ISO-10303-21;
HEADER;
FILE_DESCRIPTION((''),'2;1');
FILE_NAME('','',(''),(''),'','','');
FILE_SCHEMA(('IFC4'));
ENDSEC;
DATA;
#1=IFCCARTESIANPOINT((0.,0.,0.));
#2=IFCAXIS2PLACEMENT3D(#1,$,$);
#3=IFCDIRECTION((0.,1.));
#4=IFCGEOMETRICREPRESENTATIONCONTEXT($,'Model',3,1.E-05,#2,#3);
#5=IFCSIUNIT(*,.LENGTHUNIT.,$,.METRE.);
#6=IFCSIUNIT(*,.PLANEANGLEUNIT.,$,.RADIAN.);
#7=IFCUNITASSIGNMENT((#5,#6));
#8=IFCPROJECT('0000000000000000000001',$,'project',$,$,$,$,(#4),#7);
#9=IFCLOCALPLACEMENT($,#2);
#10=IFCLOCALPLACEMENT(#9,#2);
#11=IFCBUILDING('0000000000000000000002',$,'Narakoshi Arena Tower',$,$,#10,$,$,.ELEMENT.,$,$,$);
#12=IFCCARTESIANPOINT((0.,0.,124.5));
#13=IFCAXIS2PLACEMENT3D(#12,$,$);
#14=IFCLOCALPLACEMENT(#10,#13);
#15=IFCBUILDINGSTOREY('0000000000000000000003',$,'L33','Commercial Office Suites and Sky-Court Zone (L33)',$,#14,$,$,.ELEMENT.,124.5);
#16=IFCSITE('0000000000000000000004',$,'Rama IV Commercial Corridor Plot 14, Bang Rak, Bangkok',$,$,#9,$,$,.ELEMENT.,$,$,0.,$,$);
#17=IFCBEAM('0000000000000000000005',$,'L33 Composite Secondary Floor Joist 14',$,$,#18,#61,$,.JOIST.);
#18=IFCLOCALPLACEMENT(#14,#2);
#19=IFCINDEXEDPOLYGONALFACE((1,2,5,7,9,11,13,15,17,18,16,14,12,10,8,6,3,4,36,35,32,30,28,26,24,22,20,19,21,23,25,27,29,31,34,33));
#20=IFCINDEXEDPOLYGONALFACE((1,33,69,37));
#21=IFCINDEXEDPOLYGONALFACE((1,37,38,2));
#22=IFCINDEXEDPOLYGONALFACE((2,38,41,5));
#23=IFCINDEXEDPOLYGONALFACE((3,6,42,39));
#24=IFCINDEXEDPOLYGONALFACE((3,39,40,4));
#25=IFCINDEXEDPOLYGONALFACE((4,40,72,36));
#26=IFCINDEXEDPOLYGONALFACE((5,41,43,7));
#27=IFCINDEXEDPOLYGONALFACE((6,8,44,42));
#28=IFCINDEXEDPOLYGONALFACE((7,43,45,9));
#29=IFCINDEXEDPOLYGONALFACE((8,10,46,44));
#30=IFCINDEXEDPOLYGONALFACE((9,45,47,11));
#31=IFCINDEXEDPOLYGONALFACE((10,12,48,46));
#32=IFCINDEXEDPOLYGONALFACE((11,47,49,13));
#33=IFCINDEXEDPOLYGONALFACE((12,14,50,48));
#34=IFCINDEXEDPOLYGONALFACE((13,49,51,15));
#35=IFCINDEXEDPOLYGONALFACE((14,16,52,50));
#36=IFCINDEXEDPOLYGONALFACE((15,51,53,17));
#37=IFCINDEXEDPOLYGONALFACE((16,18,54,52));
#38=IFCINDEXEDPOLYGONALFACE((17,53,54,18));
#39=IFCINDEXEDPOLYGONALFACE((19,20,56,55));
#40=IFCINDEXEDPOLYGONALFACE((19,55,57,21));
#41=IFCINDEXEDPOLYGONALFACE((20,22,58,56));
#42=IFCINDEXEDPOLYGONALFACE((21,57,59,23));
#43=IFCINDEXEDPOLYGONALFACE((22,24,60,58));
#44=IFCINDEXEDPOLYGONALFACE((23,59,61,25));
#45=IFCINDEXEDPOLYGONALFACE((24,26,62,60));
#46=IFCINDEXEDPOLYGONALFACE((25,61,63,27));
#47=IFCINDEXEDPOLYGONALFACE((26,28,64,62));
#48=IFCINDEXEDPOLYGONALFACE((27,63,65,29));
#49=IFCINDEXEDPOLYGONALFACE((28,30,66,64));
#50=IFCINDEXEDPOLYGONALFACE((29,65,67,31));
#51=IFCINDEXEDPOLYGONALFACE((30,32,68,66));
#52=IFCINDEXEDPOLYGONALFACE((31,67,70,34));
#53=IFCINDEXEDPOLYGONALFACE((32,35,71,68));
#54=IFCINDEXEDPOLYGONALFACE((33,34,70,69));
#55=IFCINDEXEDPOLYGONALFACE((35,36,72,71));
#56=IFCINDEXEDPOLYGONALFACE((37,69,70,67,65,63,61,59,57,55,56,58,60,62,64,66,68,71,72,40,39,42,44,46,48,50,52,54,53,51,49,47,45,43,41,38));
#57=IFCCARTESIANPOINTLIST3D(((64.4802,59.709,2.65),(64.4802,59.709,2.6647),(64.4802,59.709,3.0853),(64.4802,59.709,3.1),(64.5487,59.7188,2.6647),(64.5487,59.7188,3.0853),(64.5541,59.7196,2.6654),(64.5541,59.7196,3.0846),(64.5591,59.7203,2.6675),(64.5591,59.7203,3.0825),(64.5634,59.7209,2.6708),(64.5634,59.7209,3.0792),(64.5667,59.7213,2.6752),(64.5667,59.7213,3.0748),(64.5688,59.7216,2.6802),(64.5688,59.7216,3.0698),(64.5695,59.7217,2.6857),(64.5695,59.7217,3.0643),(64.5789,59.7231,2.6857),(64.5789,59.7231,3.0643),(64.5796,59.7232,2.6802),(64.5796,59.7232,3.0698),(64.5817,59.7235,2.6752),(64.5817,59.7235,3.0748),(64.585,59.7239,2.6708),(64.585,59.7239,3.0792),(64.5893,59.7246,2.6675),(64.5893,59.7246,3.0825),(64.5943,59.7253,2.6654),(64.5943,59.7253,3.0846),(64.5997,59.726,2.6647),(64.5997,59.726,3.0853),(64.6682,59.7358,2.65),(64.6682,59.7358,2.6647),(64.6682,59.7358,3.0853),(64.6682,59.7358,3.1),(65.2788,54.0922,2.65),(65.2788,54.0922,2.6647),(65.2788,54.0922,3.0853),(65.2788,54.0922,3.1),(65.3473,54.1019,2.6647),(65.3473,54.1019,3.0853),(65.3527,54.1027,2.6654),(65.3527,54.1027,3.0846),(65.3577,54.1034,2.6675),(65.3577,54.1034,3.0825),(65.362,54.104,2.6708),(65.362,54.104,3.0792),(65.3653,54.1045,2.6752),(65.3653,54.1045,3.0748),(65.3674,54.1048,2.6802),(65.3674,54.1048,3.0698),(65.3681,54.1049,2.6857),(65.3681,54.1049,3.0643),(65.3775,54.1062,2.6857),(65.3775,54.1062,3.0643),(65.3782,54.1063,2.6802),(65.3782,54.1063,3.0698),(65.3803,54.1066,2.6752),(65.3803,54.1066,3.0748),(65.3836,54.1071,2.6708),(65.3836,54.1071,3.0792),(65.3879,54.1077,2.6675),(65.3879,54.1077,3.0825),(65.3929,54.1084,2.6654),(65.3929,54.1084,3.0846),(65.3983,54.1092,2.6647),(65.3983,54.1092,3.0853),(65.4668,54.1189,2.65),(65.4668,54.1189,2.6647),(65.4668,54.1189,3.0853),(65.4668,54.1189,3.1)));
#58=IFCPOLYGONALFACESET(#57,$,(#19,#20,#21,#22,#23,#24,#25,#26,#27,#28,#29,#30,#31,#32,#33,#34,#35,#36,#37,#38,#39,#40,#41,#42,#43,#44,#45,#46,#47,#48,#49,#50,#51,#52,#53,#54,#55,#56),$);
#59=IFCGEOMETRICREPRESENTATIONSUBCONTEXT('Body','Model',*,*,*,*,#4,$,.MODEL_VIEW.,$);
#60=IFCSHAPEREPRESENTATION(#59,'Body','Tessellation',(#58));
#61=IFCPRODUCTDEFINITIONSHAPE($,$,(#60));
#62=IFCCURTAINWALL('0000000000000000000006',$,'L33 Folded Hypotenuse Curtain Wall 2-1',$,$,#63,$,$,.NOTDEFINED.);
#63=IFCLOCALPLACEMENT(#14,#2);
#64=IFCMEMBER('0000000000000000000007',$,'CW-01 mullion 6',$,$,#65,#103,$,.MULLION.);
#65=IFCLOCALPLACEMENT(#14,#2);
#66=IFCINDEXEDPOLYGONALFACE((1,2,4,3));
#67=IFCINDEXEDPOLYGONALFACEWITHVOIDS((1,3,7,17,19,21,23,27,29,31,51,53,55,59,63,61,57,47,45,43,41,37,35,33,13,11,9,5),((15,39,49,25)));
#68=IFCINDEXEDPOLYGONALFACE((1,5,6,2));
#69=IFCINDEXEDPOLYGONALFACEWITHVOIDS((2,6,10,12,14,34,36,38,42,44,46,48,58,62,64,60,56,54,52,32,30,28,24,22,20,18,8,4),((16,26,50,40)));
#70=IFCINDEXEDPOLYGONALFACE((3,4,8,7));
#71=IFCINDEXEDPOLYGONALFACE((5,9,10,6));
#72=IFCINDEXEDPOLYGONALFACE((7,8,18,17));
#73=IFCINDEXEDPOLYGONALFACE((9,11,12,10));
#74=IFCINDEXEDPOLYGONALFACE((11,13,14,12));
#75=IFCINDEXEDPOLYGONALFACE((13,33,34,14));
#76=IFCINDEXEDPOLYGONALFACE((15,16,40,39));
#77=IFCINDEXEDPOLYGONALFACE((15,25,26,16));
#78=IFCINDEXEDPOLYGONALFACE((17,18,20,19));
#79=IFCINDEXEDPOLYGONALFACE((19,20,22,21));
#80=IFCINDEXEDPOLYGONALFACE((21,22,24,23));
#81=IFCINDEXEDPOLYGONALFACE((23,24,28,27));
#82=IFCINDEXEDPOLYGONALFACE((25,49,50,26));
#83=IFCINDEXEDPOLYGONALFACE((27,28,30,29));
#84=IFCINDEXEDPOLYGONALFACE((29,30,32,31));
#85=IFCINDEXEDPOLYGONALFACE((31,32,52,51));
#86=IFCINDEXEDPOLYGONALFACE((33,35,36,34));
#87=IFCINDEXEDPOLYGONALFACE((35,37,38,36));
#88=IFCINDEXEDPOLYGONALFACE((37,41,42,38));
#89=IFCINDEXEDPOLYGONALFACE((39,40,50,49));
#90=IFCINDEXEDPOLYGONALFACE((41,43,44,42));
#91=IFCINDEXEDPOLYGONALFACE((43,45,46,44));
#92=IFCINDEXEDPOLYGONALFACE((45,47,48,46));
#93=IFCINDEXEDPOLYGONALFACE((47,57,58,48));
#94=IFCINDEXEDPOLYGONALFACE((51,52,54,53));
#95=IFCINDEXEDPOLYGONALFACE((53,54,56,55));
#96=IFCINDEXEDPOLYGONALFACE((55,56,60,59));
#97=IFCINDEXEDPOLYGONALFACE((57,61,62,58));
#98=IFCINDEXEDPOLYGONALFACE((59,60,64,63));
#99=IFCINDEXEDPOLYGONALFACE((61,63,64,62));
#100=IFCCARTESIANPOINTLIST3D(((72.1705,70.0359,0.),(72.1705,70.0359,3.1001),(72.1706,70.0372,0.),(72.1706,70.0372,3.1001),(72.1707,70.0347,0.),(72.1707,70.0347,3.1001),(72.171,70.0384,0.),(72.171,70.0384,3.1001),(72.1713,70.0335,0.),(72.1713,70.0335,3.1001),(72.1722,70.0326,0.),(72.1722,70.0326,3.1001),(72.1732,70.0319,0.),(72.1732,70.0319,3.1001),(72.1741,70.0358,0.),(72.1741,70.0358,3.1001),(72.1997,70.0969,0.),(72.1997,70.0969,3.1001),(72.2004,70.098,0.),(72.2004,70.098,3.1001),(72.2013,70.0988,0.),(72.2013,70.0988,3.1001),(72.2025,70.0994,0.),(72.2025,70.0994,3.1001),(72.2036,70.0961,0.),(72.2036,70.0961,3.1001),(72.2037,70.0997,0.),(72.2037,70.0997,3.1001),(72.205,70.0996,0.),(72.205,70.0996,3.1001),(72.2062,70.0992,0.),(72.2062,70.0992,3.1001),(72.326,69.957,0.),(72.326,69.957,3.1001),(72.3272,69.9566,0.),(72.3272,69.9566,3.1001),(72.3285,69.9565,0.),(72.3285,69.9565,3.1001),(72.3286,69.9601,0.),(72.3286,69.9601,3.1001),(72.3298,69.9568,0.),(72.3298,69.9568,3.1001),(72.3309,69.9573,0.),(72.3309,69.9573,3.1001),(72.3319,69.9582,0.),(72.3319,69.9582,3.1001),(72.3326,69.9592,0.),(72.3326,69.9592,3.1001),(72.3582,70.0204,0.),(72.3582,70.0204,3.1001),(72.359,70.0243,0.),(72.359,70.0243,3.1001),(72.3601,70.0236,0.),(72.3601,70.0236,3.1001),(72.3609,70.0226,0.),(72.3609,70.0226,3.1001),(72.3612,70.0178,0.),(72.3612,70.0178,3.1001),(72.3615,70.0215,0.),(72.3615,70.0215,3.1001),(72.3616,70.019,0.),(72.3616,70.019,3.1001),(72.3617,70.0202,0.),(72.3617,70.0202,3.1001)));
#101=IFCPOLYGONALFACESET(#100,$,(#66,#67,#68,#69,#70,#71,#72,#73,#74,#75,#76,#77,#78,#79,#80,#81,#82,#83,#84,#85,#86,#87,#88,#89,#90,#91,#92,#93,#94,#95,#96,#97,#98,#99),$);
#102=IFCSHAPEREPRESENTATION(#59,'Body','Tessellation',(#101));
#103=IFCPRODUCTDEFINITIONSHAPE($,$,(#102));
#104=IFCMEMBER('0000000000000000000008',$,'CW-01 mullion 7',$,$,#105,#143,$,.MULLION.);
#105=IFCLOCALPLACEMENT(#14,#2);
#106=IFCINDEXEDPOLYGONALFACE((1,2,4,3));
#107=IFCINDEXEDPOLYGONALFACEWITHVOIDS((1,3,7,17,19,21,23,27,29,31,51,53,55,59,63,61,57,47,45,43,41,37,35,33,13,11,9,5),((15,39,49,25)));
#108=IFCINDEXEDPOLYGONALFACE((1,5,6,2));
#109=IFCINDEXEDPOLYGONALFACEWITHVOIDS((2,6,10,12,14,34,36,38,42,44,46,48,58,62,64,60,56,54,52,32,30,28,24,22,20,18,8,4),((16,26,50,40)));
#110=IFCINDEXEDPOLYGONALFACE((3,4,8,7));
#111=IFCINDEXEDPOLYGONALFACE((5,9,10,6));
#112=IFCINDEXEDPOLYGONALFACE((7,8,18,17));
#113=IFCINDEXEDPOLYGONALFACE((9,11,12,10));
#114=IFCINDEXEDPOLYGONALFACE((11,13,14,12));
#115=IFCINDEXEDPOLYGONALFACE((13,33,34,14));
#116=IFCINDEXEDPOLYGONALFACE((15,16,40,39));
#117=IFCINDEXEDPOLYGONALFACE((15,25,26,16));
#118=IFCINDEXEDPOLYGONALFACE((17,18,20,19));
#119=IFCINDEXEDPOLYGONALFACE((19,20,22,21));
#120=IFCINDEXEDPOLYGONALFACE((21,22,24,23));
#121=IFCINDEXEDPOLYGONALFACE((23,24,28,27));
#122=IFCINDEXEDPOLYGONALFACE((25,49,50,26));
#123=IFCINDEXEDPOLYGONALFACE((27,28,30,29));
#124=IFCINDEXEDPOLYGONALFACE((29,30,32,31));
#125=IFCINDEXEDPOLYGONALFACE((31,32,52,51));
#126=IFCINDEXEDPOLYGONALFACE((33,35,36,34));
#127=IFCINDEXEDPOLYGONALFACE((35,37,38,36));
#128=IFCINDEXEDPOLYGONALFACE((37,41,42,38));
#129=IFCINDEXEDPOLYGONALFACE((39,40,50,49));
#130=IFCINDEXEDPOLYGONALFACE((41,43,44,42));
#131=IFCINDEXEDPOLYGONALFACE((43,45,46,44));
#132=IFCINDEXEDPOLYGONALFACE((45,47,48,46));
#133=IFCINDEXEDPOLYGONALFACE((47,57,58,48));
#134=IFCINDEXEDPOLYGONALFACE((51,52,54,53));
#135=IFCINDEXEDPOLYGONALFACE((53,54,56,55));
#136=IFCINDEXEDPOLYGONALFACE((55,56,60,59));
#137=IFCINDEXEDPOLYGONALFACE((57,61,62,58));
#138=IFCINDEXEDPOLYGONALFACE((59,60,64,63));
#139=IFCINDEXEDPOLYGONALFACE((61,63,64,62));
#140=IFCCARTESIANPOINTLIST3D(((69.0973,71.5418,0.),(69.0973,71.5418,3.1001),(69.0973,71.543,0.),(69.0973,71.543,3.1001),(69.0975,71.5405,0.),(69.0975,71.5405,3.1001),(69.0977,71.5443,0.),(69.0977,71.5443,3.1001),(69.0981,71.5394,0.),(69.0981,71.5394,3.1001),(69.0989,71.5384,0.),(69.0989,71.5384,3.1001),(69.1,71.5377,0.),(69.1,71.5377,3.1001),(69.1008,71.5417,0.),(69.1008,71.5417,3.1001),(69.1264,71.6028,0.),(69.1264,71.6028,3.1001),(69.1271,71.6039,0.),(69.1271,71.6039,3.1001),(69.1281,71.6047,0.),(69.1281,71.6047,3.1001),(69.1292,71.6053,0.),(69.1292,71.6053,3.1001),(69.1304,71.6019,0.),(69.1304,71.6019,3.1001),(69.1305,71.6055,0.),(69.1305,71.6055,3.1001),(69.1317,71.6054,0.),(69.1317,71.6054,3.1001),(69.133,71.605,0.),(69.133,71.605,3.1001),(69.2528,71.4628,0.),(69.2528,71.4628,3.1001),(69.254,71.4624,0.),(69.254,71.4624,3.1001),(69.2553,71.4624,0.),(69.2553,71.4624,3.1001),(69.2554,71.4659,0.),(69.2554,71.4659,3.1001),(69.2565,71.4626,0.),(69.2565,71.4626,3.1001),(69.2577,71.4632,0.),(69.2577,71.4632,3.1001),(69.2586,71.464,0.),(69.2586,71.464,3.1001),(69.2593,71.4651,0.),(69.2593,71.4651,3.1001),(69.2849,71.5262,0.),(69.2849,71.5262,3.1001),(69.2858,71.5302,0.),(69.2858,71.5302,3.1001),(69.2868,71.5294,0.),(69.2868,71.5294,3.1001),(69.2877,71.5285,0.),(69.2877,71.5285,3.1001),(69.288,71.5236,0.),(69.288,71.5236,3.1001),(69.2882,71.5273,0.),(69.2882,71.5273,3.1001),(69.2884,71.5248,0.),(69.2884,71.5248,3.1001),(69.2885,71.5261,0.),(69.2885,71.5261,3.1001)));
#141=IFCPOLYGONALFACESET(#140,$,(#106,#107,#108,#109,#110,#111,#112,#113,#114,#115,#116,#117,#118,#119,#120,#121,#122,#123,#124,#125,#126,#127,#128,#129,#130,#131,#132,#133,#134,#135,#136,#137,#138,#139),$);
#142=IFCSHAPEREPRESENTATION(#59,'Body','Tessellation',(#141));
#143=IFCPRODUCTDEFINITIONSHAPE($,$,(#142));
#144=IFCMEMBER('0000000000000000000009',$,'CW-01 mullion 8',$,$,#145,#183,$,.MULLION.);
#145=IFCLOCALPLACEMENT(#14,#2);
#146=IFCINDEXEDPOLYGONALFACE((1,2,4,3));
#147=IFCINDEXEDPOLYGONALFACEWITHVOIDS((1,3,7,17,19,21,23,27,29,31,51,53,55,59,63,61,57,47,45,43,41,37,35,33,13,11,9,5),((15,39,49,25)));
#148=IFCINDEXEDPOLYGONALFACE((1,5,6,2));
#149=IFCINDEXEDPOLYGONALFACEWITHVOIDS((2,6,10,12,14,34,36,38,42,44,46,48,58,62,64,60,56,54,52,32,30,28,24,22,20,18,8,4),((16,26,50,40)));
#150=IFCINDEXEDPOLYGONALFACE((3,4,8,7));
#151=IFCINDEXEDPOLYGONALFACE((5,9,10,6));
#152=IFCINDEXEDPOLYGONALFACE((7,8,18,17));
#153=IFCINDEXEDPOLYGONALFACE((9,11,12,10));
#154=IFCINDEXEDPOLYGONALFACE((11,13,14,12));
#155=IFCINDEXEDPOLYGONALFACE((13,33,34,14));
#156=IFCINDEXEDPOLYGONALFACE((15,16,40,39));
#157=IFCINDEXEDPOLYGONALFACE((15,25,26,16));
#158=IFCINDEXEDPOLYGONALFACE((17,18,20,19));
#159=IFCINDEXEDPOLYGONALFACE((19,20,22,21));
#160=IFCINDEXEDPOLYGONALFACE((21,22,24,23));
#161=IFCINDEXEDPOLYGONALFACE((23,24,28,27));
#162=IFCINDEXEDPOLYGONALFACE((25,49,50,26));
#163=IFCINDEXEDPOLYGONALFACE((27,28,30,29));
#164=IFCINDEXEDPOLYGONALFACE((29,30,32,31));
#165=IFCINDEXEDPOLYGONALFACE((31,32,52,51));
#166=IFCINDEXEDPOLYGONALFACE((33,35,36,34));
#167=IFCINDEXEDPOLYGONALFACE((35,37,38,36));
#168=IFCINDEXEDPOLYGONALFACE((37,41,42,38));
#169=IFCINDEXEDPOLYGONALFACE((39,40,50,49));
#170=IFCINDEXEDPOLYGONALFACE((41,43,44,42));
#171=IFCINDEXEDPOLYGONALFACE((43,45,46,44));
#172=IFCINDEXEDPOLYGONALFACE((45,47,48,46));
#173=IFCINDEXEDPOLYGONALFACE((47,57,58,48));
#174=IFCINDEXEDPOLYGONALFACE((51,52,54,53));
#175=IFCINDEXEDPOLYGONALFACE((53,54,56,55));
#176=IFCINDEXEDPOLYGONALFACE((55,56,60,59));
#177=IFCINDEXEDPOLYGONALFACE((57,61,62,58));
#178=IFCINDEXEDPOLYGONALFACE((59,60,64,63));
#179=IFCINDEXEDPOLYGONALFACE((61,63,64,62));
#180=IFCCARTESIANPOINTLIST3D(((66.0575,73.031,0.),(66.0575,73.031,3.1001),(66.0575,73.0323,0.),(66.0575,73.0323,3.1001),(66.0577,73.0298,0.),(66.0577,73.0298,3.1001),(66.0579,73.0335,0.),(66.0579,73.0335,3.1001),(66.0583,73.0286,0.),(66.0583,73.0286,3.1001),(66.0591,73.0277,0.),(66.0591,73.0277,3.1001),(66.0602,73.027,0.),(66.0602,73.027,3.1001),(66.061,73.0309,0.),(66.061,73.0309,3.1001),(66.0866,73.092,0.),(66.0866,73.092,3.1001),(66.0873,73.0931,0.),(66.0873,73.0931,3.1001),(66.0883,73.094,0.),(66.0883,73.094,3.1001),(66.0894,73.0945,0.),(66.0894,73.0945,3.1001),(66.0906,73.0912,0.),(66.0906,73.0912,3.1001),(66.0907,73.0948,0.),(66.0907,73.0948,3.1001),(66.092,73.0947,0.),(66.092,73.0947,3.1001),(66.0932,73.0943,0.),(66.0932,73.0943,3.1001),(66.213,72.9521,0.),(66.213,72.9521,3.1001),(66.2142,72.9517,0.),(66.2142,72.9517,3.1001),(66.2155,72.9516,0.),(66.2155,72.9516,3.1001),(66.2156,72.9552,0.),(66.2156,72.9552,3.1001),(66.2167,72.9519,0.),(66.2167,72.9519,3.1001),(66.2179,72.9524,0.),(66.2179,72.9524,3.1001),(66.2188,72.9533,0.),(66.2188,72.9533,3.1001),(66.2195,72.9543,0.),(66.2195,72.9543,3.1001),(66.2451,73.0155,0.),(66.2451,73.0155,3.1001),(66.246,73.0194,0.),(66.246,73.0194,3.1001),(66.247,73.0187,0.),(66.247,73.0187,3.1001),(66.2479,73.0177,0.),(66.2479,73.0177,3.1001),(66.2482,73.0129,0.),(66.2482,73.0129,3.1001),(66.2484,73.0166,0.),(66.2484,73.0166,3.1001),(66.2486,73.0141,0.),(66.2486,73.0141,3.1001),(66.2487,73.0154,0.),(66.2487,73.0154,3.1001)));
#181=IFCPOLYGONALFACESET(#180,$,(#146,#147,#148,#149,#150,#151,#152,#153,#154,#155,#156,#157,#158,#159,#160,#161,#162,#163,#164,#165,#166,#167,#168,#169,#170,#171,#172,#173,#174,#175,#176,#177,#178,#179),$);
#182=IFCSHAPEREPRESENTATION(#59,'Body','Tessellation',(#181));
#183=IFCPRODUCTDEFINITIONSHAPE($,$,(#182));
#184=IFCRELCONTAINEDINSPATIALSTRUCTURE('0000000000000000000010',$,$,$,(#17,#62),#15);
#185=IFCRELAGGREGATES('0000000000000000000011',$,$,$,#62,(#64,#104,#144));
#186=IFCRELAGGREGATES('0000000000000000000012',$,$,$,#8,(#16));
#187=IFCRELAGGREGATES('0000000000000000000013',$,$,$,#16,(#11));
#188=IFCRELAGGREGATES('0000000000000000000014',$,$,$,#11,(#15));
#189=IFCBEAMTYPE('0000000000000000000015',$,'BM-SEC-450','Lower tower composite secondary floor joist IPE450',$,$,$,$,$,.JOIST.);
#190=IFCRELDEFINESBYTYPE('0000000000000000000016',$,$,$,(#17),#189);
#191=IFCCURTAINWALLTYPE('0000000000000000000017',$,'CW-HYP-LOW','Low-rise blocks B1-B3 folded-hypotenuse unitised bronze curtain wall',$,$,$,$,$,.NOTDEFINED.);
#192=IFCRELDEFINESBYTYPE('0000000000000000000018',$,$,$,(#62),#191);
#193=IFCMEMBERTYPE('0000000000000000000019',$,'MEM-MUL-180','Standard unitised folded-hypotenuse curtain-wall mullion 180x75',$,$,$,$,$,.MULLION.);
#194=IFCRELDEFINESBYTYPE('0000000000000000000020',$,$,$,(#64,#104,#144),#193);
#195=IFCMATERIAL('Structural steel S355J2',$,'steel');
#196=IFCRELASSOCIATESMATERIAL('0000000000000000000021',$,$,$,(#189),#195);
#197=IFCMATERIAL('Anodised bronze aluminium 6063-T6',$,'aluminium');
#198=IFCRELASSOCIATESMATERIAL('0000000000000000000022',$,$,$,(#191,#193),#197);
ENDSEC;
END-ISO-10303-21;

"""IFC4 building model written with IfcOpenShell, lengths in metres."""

from ifc_helpers import new_model, si_unit, direction, frame, origin, origin_2d, place, context, subcontext, project, spatial, hollow_rectangle, i_section, extrude, material, material_profile, profile_set, type_object, element, aggregate, save


model = new_model("IFC4")

# Units and contexts
model_context = context("Model", 3, precision=1e-05, world=origin(), true_north=direction((0.0, 1.0)))
body_context = subcontext(model_context, "Body", "Model", "MODEL_VIEW")
ifc_project = project(units=[si_unit("LENGTHUNIT", "METRE"), si_unit("PLANEANGLEUNIT", "RADIAN")], contexts=[model_context])

# Site, building, storey
site_placement = place(None, origin())
site = spatial("IfcSite", under=ifc_project, at=site_placement, Name="Rama IV Commercial Corridor Plot 14, Bang Rak, Bangkok", CompositionType="ELEMENT", RefElevation=0.0)
building_placement = place(site_placement, origin())
building = spatial("IfcBuilding", under=site, at=building_placement, Name="Narakoshi Arena Tower", CompositionType="ELEMENT")
storey_placement = place(building_placement, frame((0.0, 0.0, 124.5)))
storey = spatial("IfcBuildingStorey", under=building, at=storey_placement, Name="L33", Description="Commercial Office Suites and Sky-Court Zone (L33)", CompositionType="ELEMENT", Elevation=124.5)

# Beam
ifc_material_1 = material(Name="Structural steel S355J2", Category="steel")
ifc_material_profile_1 = material_profile(ifc_material_1, i_section(OverallWidth=0.1899, OverallDepth=0.45, WebThickness=0.0095, FlangeThickness=0.0146, FilletRadius=0.021, at=origin_2d()), Name="IPE450")
ifc_profile_set_1 = profile_set([ifc_material_profile_1], Name="Structural steel S355J2")
beam_type_1 = type_object("IfcBeamType", Name="BM-SEC-450", Description="Lower tower composite secondary floor joist IPE450", PredefinedType="JOIST", material=ifc_profile_set_1)
beam_1_placement = place(storey_placement, frame((64.5742, 59.7224, 2.875), z_axis=(0.140759, -0.990044, 0.0), x_axis=(0.990044, 0.140759, 0.0)))
element("IfcBeam", 1, at=beam_1_placement, inside=storey, type_object=beam_type_1, Name="L33 Composite Secondary Floor Joist 14", PredefinedType="JOIST", context=body_context, shape_type="SweptSolid", body=[
    extrude(i_section(OverallWidth=0.1899, OverallDepth=0.45, WebThickness=0.0095, FlangeThickness=0.0146, FilletRadius=0.021, at=origin_2d()), origin(), (0.0, 0.0, 1.0), 5.6733),
])

# Curtain wall, members
ifc_material_2 = material(Name="Anodised bronze aluminium 6063-T6", Category="aluminium")
curtain_wall_type = type_object("IfcCurtainWallType", Name="CW-HYP-LOW", Description="Low-rise blocks B1-B3 folded-hypotenuse unitised bronze curtain wall", PredefinedType="NOTDEFINED", material=ifc_material_2)
curtain_wall_placement = place(storey_placement, origin())
curtain_wall = element("IfcCurtainWall", 2, at=curtain_wall_placement, inside=storey, type_object=curtain_wall_type, Name="L33 Folded Hypotenuse Curtain Wall 2-1", PredefinedType="NOTDEFINED")
ifc_material_profile_2 = material_profile(ifc_material_2, hollow_rectangle(XDim=0.075, YDim=0.1799, WallThickness=0.0039, OuterFilletRadius=0.0049, at=origin_2d()), Name="MUL180x75x4")
ifc_profile_set_2 = profile_set([ifc_material_profile_2], Name="Anodised bronze aluminium 6063-T6")
member_type_1 = type_object("IfcMemberType", Name="MEM-MUL-180", Description="Standard unitised folded-hypotenuse curtain-wall mullion 180x75", PredefinedType="MULLION", material=ifc_profile_set_2)
member_1_placement = place(storey_placement, frame((72.2661, 70.0281, 0.0), z_axis=(0.0, 0.0, 1.0), x_axis=(-0.440005, -0.897996, 0.0)))
member_1 = element("IfcMember", 3, at=member_1_placement, type_object=member_type_1, Name="CW-01 mullion 6", PredefinedType="MULLION", context=body_context, shape_type="SweptSolid", body=[
    extrude(hollow_rectangle(XDim=0.075, YDim=0.1799, WallThickness=0.0039, OuterFilletRadius=0.0049, at=origin_2d()), origin(), (0.0, 0.0, 1.0), 3.1001),
])
member_2_placement = place(storey_placement, frame((69.1929, 71.5339, 0.0), z_axis=(0.0, 0.0, 1.0), x_axis=(-0.440005, -0.897996, 0.0)))
member_2 = element("IfcMember", 4, at=member_2_placement, type_object=member_type_1, Name="CW-01 mullion 7", PredefinedType="MULLION", context=body_context, shape_type="SweptSolid", body=[
    extrude(hollow_rectangle(XDim=0.075, YDim=0.1799, WallThickness=0.0039, OuterFilletRadius=0.0049, at=origin_2d()), origin(), (0.0, 0.0, 1.0), 3.1001),
])
member_3_placement = place(storey_placement, frame((66.1531, 73.0232, 0.0), z_axis=(0.0, 0.0, 1.0), x_axis=(-0.440005, -0.897996, 0.0)))
member_3 = element("IfcMember", 5, at=member_3_placement, type_object=member_type_1, Name="CW-01 mullion 8", PredefinedType="MULLION", context=body_context, shape_type="SweptSolid", body=[
    extrude(hollow_rectangle(XDim=0.075, YDim=0.1799, WallThickness=0.0039, OuterFilletRadius=0.0049, at=origin_2d()), origin(), (0.0, 0.0, 1.0), 3.1001),
])
aggregate(curtain_wall, [member_1, member_2, member_3])

save(model, "model.ifc")
